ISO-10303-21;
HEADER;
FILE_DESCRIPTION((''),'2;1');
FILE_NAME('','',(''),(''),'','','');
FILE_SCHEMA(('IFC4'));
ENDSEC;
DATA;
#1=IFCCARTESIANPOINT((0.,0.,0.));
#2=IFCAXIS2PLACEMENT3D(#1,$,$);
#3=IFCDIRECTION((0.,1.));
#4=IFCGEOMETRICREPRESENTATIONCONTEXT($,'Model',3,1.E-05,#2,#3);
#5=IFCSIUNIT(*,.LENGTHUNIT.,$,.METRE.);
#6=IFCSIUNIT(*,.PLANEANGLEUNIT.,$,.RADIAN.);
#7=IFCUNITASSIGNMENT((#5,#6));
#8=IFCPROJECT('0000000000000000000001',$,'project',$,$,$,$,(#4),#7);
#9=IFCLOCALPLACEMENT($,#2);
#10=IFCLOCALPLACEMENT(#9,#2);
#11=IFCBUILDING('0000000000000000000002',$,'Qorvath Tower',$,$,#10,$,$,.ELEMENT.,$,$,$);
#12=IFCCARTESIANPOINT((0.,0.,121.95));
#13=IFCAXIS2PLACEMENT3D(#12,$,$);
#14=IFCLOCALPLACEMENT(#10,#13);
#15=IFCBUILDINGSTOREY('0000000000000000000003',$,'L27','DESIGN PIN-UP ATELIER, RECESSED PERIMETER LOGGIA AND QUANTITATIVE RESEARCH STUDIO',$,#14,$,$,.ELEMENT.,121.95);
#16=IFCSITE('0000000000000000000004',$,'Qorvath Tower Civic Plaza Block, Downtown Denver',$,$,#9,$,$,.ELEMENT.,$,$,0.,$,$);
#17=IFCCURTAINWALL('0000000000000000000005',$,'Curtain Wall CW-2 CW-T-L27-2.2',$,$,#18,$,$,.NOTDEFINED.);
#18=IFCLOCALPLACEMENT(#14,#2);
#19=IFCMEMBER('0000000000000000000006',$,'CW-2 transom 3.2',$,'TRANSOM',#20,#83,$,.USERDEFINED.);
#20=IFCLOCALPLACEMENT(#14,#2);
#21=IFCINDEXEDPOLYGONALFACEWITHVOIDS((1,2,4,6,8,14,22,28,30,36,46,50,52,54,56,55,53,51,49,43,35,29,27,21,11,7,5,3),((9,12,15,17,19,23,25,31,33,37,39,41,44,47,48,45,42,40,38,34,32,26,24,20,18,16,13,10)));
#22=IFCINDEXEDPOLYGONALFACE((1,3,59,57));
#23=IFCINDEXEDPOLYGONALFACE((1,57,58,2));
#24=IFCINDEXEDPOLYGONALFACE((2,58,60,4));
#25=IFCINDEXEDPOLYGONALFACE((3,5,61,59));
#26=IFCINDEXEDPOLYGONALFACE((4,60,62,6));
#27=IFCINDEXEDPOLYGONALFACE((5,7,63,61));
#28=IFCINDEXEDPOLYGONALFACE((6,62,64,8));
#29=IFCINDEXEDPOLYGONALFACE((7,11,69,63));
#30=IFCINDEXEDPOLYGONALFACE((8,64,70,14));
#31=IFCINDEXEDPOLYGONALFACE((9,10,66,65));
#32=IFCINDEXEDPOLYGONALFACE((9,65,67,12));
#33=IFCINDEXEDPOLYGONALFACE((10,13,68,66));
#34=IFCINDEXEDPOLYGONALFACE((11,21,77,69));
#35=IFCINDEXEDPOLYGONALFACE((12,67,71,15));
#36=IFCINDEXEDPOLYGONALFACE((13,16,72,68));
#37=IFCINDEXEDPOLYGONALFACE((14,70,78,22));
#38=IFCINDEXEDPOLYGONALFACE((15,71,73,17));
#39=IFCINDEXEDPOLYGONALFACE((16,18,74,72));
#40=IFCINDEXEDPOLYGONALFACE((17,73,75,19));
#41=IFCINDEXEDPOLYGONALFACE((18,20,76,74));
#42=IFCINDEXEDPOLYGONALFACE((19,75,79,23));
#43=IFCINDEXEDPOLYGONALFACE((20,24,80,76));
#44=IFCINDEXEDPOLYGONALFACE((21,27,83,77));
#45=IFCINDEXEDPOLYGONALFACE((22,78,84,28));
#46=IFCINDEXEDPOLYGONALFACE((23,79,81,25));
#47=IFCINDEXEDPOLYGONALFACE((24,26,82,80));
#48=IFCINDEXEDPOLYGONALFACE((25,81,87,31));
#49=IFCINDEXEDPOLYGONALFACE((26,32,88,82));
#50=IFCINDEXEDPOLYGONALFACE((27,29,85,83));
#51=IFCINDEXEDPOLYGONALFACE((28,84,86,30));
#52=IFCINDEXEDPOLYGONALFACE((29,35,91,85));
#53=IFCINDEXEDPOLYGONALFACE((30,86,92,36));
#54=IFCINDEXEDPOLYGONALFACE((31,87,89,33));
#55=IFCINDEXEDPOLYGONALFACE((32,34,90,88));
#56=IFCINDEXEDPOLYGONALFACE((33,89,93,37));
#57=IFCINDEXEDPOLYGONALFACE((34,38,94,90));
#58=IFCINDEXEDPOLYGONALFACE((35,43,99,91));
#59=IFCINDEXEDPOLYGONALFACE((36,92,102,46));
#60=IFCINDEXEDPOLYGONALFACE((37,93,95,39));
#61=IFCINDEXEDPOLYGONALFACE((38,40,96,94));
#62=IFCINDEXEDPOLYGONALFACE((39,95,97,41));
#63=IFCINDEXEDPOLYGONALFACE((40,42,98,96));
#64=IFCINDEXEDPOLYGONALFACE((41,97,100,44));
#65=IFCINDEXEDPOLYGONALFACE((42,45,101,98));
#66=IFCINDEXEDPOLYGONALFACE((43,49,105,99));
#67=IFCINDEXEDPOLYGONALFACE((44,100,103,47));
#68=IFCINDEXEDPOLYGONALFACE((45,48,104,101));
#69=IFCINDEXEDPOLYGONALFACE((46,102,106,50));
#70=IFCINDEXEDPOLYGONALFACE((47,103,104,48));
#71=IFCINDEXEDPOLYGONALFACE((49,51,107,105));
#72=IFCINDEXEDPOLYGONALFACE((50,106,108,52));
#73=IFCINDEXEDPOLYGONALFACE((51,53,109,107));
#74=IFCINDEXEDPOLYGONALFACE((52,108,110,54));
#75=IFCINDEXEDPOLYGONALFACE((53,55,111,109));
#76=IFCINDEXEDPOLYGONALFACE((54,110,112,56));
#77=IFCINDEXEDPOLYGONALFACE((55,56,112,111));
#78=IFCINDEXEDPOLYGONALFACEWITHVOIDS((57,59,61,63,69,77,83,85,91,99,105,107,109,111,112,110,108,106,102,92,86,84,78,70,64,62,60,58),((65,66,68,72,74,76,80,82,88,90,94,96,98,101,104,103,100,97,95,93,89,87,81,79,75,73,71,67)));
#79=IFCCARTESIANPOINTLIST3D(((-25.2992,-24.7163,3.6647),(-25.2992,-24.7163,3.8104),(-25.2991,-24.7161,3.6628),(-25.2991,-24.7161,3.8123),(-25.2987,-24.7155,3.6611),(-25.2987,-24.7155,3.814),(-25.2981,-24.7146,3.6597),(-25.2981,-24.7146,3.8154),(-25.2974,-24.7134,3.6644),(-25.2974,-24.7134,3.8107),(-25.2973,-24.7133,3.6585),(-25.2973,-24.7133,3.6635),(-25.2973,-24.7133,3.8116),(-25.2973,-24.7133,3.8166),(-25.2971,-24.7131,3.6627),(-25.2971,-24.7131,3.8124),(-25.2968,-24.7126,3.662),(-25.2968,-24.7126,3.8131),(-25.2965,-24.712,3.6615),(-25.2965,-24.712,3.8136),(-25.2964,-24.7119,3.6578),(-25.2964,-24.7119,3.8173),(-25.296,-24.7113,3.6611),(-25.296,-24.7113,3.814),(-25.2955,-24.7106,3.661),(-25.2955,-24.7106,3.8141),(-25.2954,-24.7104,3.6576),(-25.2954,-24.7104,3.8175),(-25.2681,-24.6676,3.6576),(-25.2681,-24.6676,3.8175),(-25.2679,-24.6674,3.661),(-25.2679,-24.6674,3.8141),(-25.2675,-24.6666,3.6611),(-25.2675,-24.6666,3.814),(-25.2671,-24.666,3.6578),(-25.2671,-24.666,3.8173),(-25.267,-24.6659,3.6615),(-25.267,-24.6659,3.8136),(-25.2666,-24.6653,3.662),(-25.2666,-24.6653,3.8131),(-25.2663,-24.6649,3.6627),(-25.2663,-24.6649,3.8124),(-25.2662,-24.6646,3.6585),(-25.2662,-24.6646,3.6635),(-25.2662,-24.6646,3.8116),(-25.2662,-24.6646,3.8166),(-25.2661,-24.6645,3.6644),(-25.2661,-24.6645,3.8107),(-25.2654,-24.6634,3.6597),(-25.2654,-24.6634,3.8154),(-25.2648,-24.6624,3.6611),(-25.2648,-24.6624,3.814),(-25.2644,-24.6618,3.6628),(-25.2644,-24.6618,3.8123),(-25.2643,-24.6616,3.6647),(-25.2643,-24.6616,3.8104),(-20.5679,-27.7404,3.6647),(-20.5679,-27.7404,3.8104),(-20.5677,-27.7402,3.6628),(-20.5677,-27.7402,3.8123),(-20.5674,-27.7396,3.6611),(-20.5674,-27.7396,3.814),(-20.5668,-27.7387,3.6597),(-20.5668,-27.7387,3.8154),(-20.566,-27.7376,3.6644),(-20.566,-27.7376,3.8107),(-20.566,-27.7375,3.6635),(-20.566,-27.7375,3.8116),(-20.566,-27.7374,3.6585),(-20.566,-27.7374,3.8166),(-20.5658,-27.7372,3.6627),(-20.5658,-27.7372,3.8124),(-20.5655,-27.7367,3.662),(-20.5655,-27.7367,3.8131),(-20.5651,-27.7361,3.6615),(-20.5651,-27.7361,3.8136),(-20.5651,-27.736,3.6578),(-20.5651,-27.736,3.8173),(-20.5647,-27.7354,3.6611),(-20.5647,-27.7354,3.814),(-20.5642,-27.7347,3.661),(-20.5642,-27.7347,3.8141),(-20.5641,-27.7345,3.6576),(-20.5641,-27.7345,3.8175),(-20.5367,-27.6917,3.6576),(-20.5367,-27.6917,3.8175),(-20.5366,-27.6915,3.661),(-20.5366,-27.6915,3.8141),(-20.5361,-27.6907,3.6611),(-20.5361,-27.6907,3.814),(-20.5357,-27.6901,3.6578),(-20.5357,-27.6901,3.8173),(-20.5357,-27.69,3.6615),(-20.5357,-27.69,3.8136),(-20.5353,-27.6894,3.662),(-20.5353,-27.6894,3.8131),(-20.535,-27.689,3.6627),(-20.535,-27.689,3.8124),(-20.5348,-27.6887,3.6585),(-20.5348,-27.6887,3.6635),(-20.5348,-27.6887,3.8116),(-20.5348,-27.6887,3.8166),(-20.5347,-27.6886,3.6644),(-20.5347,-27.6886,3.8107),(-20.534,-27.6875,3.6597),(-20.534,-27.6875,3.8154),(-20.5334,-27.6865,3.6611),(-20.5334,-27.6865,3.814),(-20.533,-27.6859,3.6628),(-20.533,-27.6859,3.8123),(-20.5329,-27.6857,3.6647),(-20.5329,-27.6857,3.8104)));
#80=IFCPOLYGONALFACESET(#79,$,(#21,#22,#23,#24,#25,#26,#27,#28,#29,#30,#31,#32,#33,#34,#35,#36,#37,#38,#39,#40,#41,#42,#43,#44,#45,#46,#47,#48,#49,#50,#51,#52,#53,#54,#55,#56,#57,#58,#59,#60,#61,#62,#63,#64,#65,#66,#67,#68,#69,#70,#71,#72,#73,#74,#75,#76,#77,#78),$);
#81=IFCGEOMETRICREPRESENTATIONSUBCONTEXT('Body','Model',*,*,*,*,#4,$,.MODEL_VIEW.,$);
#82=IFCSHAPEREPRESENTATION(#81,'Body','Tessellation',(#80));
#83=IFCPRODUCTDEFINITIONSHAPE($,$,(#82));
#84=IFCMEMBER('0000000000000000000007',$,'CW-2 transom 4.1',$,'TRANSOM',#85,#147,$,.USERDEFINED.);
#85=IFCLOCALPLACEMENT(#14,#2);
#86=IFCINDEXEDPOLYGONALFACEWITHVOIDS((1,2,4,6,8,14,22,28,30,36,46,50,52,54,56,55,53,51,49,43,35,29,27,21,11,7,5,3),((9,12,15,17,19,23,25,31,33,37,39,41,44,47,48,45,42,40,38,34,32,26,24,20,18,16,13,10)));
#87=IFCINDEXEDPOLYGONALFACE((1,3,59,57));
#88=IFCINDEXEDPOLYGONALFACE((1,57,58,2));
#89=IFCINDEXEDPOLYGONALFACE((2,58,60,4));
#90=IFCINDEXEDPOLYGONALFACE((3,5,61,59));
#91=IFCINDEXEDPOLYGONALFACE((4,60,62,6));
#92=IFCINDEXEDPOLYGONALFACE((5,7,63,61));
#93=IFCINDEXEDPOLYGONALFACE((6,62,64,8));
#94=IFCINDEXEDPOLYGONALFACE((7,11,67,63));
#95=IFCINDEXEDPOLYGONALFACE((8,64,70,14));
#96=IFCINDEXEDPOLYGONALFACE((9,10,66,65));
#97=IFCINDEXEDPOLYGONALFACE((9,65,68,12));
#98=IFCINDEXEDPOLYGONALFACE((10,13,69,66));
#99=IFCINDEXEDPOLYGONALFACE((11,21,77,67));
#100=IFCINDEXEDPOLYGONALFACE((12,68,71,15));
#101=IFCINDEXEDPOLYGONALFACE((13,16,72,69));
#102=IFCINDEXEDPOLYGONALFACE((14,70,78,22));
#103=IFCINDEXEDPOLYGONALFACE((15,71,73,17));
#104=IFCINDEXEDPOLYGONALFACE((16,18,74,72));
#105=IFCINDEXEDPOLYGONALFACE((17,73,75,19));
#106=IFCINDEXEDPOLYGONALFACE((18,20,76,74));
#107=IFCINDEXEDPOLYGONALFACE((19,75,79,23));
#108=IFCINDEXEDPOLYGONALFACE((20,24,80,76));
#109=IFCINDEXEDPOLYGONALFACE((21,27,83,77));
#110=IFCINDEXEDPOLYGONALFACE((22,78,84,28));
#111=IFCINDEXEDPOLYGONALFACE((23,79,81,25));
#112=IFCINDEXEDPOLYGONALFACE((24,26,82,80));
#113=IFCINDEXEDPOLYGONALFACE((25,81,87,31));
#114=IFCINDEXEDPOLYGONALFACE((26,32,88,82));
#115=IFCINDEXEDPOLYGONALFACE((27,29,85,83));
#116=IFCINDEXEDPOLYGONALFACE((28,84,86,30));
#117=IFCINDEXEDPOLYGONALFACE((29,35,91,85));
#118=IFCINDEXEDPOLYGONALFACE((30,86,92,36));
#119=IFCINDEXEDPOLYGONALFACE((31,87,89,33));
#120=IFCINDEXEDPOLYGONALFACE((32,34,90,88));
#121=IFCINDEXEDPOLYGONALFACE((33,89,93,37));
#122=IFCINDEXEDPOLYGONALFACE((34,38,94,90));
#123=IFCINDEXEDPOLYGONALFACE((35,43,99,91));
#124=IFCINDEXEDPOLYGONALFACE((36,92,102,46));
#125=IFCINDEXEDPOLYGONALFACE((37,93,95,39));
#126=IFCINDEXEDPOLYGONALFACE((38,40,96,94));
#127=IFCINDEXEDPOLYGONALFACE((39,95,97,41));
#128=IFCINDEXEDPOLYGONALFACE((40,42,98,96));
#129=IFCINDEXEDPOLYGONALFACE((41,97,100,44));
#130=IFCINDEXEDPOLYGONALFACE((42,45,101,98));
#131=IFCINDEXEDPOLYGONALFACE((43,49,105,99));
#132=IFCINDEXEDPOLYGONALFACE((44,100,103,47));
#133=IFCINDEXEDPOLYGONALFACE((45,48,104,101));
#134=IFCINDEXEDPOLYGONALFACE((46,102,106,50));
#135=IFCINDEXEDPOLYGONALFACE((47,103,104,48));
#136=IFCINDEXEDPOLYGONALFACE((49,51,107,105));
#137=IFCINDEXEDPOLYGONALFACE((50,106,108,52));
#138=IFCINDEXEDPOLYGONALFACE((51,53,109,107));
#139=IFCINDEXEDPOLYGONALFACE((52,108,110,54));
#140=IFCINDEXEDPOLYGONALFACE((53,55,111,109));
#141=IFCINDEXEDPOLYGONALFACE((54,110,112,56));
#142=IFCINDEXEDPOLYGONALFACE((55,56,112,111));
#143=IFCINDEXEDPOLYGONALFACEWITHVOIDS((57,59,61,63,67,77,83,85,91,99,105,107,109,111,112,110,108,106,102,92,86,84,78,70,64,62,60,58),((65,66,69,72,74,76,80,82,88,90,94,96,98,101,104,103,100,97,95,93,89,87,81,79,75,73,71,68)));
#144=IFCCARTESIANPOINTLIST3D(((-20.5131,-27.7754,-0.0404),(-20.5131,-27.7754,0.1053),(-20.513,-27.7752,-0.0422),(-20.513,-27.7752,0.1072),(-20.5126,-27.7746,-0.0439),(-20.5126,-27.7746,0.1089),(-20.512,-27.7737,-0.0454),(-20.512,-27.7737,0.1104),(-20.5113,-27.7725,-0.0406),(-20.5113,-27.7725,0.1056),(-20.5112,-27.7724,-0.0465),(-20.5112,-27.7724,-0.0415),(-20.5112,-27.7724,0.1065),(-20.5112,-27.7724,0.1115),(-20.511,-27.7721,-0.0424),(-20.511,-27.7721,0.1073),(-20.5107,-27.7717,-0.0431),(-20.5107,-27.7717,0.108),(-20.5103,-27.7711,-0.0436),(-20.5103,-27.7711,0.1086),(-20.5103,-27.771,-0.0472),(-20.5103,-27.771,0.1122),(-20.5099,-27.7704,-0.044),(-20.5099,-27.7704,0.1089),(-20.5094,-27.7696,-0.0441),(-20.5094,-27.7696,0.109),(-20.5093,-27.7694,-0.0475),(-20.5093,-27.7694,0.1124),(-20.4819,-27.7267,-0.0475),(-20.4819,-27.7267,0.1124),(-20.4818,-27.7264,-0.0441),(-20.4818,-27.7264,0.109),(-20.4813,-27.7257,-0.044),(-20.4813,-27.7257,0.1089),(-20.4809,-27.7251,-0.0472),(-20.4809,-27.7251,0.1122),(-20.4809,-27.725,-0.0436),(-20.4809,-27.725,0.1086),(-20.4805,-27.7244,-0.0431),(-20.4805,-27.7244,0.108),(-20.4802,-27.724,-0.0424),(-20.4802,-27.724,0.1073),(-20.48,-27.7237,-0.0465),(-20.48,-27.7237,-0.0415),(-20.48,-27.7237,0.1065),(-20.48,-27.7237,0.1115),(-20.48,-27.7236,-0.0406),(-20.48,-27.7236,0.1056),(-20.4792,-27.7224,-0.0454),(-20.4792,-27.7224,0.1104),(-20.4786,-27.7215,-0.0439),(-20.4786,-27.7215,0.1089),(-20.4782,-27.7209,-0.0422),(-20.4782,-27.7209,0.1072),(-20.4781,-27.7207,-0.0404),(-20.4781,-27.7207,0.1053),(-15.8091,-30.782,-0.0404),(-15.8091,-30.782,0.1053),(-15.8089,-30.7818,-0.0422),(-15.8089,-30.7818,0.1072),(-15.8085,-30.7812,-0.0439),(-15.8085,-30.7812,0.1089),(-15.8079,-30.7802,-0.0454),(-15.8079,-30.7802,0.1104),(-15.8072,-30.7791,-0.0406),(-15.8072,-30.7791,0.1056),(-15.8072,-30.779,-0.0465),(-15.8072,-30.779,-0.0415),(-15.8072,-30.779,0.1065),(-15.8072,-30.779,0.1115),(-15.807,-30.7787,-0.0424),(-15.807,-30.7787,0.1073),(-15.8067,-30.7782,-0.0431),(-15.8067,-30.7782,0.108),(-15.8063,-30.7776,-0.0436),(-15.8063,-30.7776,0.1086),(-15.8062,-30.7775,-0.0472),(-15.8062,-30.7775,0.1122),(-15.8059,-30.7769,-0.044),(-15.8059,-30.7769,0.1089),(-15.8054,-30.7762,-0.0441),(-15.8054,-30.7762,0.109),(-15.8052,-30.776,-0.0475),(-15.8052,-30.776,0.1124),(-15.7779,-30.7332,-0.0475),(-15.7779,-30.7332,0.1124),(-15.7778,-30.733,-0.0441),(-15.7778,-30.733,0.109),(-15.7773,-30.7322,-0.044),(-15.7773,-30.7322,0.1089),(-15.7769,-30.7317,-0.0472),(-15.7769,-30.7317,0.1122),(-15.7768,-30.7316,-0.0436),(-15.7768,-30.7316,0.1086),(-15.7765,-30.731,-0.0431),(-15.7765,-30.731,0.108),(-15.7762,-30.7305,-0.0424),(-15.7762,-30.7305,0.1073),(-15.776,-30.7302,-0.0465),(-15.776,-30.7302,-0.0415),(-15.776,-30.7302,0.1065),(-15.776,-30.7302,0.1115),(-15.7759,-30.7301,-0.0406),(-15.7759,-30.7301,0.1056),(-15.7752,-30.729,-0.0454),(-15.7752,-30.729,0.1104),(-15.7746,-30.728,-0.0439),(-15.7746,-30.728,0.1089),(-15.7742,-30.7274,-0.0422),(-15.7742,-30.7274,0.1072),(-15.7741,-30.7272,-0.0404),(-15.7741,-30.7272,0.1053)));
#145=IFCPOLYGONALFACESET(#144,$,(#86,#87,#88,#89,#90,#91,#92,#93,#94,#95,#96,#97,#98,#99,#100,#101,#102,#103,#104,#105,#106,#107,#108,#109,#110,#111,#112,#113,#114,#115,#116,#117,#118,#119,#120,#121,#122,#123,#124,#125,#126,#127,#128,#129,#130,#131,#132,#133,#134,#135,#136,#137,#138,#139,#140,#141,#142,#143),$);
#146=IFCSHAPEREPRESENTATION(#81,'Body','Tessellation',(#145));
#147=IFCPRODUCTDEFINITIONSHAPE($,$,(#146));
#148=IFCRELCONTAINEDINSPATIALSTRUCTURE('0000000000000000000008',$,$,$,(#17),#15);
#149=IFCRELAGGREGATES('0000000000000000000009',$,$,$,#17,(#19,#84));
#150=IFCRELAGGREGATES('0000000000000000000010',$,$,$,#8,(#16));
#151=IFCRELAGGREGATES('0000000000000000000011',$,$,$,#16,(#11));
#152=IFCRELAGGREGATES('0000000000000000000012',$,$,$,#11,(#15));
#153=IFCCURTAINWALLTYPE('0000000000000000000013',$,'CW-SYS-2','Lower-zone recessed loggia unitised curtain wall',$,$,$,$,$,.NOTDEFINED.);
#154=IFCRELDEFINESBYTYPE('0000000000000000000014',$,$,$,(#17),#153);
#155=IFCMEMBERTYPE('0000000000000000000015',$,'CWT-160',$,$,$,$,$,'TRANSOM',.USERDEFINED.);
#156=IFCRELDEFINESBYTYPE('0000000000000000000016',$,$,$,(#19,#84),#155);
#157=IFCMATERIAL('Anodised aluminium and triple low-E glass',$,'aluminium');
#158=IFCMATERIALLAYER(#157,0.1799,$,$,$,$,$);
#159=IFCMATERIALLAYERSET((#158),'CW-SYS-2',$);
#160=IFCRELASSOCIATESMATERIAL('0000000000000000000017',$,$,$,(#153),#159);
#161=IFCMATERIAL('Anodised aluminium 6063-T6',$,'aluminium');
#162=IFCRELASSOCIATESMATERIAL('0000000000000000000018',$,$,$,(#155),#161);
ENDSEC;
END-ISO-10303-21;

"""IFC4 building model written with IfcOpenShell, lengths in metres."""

from ifc_helpers import new_model, si_unit, direction, frame, origin, origin_2d, place, context, subcontext, project, spatial, hollow_rectangle, extrude, material, layer, layer_set, material_profile, profile_set, type_object, element, aggregate, save


model = new_model("IFC4")

# Units and contexts
model_context = context("Model", 3, precision=1e-05, world=origin(), true_north=direction((0.0, 1.0)))
body_context = subcontext(model_context, "Body", "Model", "MODEL_VIEW")
ifc_project = project(units=[si_unit("LENGTHUNIT", "METRE"), si_unit("PLANEANGLEUNIT", "RADIAN")], contexts=[model_context])

# Site, building, storey
site_placement = place(None, origin())
site = spatial("IfcSite", under=ifc_project, at=site_placement, Name="Qorvath Tower Civic Plaza Block, Downtown Denver", CompositionType="ELEMENT", RefElevation=0.0)
building_placement = place(site_placement, origin())
building = spatial("IfcBuilding", under=site, at=building_placement, Name="Qorvath Tower", CompositionType="ELEMENT")
storey_placement = place(building_placement, frame((0.0, 0.0, 121.95)))
storey = spatial("IfcBuildingStorey", under=building, at=storey_placement, Name="L27", Description="DESIGN PIN-UP ATELIER, RECESSED PERIMETER LOGGIA AND QUANTITATIVE RESEARCH STUDIO", CompositionType="ELEMENT", Elevation=121.95)

# Curtain wall, members
ifc_material_1 = material(Name="Anodised aluminium and triple low-E glass", Category="aluminium")
ifc_layer_1 = layer(ifc_material_1, 0.1799)
ifc_layer_set_1 = layer_set([ifc_layer_1], Name="CW-SYS-2")
curtain_wall_type = type_object("IfcCurtainWallType", Name="CW-SYS-2", Description="Lower-zone recessed loggia unitised curtain wall", PredefinedType="NOTDEFINED", material=ifc_layer_set_1)
curtain_wall_placement = place(storey_placement, origin())
curtain_wall = element("IfcCurtainWall", 1, at=curtain_wall_placement, inside=storey, type_object=curtain_wall_type, Name="Curtain Wall CW-2 CW-T-L27-2.2", PredefinedType="NOTDEFINED")
ifc_material_2 = material(Name="Anodised aluminium 6063-T6", Category="aluminium")
ifc_material_profile_1 = material_profile(ifc_material_2, hollow_rectangle(XDim=0.0649, YDim=0.1599, WallThickness=0.0034, InnerFilletRadius=0.0034, OuterFilletRadius=0.0071, at=origin_2d()), Name="CWT 160x65")
ifc_profile_set_1 = profile_set([ifc_material_profile_1], Name="Anodised aluminium 6063-T6")
member_type_1 = type_object("IfcMemberType", Name="CWT-160", ElementType="TRANSOM", PredefinedType="USERDEFINED", material=ifc_profile_set_1)
member_1_placement = place(storey_placement, frame((-25.2817, -24.689, 3.7375), z_axis=(0.842591, -0.538554, 0.0), x_axis=(0.538554, 0.842591, 0.0)))
member_1 = element("IfcMember", 2, at=member_1_placement, type_object=member_type_1, Name="CW-2 transom 3.2", ObjectType="TRANSOM", PredefinedType="USERDEFINED", context=body_context, shape_type="SweptSolid", body=[
    extrude(hollow_rectangle(XDim=0.0649, YDim=0.1599, WallThickness=0.0034, InnerFilletRadius=0.0034, OuterFilletRadius=0.0071, at=origin_2d()), origin(), (0.0, 0.0, 1.0), 5.6152),
])
member_2_placement = place(storey_placement, frame((-20.4956, -27.748, 0.0325), z_axis=(0.842599, -0.538541, 0.0), x_axis=(0.538541, 0.842599, 0.0)))
member_2 = element("IfcMember", 3, at=member_2_placement, type_object=member_type_1, Name="CW-2 transom 4.1", ObjectType="TRANSOM", PredefinedType="USERDEFINED", context=body_context, shape_type="SweptSolid", body=[
    extrude(hollow_rectangle(XDim=0.0649, YDim=0.1599, WallThickness=0.0034, InnerFilletRadius=0.0034, OuterFilletRadius=0.0071, at=origin_2d()), origin(), (0.0, 0.0, 1.0), 5.5828),
])
aggregate(curtain_wall, [member_1, member_2])

save(model, "model.ifc")
